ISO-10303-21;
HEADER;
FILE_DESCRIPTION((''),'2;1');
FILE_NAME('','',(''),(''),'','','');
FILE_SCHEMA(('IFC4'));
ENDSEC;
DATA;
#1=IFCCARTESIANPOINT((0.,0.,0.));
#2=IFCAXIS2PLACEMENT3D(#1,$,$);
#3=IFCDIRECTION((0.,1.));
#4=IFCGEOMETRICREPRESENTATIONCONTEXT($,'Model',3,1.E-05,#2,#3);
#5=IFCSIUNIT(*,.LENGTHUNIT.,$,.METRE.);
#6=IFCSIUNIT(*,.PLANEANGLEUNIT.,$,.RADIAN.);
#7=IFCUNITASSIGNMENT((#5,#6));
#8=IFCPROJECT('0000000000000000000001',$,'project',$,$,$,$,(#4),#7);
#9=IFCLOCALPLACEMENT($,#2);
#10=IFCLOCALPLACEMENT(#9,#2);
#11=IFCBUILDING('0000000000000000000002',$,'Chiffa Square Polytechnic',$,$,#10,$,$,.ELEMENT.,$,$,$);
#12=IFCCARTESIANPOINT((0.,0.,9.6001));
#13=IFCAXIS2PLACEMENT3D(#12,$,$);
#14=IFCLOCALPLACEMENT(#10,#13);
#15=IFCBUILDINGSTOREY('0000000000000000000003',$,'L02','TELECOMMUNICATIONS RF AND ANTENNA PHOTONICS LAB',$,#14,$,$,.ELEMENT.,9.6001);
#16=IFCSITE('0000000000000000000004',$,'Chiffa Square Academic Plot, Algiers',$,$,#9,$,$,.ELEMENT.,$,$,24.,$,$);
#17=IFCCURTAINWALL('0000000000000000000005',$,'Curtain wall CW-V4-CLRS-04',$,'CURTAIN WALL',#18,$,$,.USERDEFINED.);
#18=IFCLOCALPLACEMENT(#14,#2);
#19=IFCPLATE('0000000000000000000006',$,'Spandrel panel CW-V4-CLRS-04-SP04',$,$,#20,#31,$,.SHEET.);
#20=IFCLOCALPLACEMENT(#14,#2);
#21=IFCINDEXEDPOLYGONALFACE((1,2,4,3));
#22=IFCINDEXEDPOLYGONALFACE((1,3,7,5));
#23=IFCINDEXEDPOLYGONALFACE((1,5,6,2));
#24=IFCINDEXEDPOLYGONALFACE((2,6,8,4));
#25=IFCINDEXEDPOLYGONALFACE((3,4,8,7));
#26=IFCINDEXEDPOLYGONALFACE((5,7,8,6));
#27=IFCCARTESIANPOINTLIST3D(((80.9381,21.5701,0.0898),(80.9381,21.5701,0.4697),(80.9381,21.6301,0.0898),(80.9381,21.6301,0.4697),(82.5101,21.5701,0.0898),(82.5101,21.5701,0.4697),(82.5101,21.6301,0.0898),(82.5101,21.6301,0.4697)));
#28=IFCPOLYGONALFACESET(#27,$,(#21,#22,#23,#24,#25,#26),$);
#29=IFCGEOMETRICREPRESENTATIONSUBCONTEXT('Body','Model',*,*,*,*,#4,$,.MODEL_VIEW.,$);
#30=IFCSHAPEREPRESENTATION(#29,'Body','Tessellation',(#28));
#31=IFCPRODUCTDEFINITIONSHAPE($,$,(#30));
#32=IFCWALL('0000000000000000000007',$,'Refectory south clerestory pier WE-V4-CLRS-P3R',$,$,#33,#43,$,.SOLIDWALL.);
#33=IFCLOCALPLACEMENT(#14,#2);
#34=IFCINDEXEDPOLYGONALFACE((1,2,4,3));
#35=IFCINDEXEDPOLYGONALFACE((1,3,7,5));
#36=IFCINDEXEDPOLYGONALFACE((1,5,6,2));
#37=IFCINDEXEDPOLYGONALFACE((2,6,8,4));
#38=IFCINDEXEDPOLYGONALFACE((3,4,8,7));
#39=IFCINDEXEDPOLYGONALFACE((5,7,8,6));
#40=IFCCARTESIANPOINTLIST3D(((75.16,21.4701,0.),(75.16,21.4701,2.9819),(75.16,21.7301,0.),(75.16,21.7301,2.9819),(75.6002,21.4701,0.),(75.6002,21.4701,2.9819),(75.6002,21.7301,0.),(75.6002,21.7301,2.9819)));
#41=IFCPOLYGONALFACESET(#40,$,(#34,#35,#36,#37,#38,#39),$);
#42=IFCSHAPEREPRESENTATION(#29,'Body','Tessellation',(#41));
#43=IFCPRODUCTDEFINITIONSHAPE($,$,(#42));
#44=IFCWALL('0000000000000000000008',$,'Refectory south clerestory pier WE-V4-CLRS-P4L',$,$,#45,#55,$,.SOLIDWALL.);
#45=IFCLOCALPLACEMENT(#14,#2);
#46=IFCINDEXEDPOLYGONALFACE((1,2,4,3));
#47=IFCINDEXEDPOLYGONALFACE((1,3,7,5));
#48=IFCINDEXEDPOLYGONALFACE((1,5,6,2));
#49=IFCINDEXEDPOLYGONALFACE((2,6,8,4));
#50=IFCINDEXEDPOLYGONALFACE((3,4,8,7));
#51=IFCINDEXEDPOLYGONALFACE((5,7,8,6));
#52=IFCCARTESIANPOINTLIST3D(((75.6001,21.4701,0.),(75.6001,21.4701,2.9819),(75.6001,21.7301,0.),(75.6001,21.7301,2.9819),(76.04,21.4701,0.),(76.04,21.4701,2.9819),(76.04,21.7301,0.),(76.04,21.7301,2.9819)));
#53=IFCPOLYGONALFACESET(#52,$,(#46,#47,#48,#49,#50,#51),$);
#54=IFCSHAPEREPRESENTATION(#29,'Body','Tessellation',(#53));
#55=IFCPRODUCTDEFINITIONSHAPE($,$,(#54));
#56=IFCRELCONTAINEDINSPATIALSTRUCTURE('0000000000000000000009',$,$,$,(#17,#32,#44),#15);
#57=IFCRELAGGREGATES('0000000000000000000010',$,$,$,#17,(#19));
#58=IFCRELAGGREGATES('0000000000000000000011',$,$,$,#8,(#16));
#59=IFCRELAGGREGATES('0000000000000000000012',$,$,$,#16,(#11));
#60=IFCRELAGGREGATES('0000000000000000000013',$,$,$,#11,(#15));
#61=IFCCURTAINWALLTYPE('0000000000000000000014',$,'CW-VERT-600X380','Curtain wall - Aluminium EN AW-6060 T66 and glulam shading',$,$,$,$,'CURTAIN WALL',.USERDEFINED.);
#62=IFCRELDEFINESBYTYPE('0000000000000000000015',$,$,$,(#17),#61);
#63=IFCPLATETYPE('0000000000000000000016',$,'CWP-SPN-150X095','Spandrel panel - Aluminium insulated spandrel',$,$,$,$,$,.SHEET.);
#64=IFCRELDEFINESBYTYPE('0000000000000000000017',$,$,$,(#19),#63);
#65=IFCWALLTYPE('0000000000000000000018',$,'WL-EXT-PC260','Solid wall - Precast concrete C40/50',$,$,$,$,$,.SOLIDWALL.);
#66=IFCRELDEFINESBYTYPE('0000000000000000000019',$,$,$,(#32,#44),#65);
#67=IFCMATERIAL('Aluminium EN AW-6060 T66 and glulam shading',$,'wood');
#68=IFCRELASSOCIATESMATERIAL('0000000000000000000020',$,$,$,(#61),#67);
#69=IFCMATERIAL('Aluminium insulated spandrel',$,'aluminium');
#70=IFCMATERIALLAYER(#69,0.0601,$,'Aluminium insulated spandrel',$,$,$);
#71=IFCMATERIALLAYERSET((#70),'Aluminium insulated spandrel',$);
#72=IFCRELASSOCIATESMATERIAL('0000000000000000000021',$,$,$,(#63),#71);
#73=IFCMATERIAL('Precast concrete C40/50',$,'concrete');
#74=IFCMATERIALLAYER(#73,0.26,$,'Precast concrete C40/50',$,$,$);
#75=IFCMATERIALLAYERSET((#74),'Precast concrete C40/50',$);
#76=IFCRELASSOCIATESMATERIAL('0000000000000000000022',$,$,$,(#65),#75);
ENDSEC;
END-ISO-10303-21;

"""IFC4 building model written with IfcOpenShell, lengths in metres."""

from ifc_helpers import new_model, si_unit, direction, frame, frame_2d, origin, origin_2d, place, context, subcontext, project, spatial, rectangle, extrude, material, layer, layer_set, type_object, element, aggregate, save


model = new_model("IFC4")

# Units and contexts
model_context = context("Model", 3, precision=1e-05, world=origin(), true_north=direction((0.0, 1.0)))
body_context = subcontext(model_context, "Body", "Model", "MODEL_VIEW")
ifc_project = project(units=[si_unit("LENGTHUNIT", "METRE"), si_unit("PLANEANGLEUNIT", "RADIAN")], contexts=[model_context])

# Site, building, storey
site_placement = place(None, origin())
site = spatial("IfcSite", under=ifc_project, at=site_placement, Name="Chiffa Square Academic Plot, Algiers", CompositionType="ELEMENT", RefElevation=24.0)
building_placement = place(site_placement, origin())
building = spatial("IfcBuilding", under=site, at=building_placement, Name="Chiffa Square Polytechnic", CompositionType="ELEMENT")
storey_placement = place(building_placement, frame((0.0, 0.0, 9.6001)))
storey = spatial("IfcBuildingStorey", under=building, at=storey_placement, Name="L02", Description="TELECOMMUNICATIONS RF AND ANTENNA PHOTONICS LAB", CompositionType="ELEMENT", Elevation=9.6001)

# Shared definitions
ifc_material_1 = material(Name="Aluminium EN AW-6060 T66 and glulam shading", Category="wood")

# Curtain wall
curtain_wall_type_1 = type_object("IfcCurtainWallType", Name="CW-VERT-600X380", Description="Curtain wall - Aluminium EN AW-6060 T66 and glulam shading", ElementType="CURTAIN WALL", PredefinedType="USERDEFINED", material=ifc_material_1)
curtain_wall_1_placement = place(storey_placement, origin())
curtain_wall_1 = element("IfcCurtainWall", 1, at=curtain_wall_1_placement, inside=storey, type_object=curtain_wall_type_1, Name="Curtain wall CW-V4-CLRS-04", ObjectType="CURTAIN WALL", PredefinedType="USERDEFINED")

# Plate
ifc_material_2 = material(Name="Aluminium insulated spandrel", Category="aluminium")
ifc_layer_1 = layer(ifc_material_2, 0.0601, Name="Aluminium insulated spandrel")
ifc_layer_set_1 = layer_set([ifc_layer_1], Name="Aluminium insulated spandrel")
plate_type_1 = type_object("IfcPlateType", Name="CWP-SPN-150X095", Description="Spandrel panel - Aluminium insulated spandrel", PredefinedType="SHEET", material=ifc_layer_set_1)
plate_1_placement = place(storey_placement, frame((81.7241, 21.6001, 0.0898), z_axis=(0.0, 0.0, 1.0), x_axis=(1.0, 0.0, 0.0)))
plate_1 = element("IfcPlate", 2, at=plate_1_placement, type_object=plate_type_1, Name="Spandrel panel CW-V4-CLRS-04-SP04", PredefinedType="SHEET", context=body_context, shape_type="SweptSolid", body=[
    extrude(rectangle(XDim=1.572, YDim=0.0601, at=origin_2d()), origin(), (0.0, 0.0, 1.0), 0.3799),
])
aggregate(curtain_wall_1, [plate_1])

# Walls
ifc_material_3 = material(Name="Precast concrete C40/50", Category="concrete")
ifc_layer_2 = layer(ifc_material_3, 0.26, Name="Precast concrete C40/50")
ifc_layer_set_2 = layer_set([ifc_layer_2], Name="Precast concrete C40/50")
wall_type = type_object("IfcWallType", Name="WL-EXT-PC260", Description="Solid wall - Precast concrete C40/50", PredefinedType="SOLIDWALL", material=ifc_layer_set_2)
wall_1_placement = place(storey_placement, frame((75.1599, 21.6001, 0.0), z_axis=(0.0, 0.0, 1.0), x_axis=(1.0, 0.0, 0.0)))
element("IfcWall", 3, at=wall_1_placement, inside=storey, type_object=wall_type, Name="Refectory south clerestory pier WE-V4-CLRS-P3R", PredefinedType="SOLIDWALL", context=body_context, shape_type="SweptSolid", body=[
    extrude(rectangle(XDim=0.4402, YDim=0.26, at=frame_2d((0.2202, 0.0))), origin(), (0.0, 0.0, 1.0), 2.9819),
])
wall_2_placement = place(storey_placement, frame((75.6001, 21.6001, 0.0), z_axis=(0.0, 0.0, 1.0), x_axis=(1.0, 0.0, 0.0)))
element("IfcWall", 4, at=wall_2_placement, inside=storey, type_object=wall_type, Name="Refectory south clerestory pier WE-V4-CLRS-P4L", PredefinedType="SOLIDWALL", context=body_context, shape_type="SweptSolid", body=[
    extrude(rectangle(XDim=0.4399, YDim=0.26, at=frame_2d((0.22, 0.0))), origin(), (0.0, 0.0, 1.0), 2.9819),
])

save(model, "model.ifc")
